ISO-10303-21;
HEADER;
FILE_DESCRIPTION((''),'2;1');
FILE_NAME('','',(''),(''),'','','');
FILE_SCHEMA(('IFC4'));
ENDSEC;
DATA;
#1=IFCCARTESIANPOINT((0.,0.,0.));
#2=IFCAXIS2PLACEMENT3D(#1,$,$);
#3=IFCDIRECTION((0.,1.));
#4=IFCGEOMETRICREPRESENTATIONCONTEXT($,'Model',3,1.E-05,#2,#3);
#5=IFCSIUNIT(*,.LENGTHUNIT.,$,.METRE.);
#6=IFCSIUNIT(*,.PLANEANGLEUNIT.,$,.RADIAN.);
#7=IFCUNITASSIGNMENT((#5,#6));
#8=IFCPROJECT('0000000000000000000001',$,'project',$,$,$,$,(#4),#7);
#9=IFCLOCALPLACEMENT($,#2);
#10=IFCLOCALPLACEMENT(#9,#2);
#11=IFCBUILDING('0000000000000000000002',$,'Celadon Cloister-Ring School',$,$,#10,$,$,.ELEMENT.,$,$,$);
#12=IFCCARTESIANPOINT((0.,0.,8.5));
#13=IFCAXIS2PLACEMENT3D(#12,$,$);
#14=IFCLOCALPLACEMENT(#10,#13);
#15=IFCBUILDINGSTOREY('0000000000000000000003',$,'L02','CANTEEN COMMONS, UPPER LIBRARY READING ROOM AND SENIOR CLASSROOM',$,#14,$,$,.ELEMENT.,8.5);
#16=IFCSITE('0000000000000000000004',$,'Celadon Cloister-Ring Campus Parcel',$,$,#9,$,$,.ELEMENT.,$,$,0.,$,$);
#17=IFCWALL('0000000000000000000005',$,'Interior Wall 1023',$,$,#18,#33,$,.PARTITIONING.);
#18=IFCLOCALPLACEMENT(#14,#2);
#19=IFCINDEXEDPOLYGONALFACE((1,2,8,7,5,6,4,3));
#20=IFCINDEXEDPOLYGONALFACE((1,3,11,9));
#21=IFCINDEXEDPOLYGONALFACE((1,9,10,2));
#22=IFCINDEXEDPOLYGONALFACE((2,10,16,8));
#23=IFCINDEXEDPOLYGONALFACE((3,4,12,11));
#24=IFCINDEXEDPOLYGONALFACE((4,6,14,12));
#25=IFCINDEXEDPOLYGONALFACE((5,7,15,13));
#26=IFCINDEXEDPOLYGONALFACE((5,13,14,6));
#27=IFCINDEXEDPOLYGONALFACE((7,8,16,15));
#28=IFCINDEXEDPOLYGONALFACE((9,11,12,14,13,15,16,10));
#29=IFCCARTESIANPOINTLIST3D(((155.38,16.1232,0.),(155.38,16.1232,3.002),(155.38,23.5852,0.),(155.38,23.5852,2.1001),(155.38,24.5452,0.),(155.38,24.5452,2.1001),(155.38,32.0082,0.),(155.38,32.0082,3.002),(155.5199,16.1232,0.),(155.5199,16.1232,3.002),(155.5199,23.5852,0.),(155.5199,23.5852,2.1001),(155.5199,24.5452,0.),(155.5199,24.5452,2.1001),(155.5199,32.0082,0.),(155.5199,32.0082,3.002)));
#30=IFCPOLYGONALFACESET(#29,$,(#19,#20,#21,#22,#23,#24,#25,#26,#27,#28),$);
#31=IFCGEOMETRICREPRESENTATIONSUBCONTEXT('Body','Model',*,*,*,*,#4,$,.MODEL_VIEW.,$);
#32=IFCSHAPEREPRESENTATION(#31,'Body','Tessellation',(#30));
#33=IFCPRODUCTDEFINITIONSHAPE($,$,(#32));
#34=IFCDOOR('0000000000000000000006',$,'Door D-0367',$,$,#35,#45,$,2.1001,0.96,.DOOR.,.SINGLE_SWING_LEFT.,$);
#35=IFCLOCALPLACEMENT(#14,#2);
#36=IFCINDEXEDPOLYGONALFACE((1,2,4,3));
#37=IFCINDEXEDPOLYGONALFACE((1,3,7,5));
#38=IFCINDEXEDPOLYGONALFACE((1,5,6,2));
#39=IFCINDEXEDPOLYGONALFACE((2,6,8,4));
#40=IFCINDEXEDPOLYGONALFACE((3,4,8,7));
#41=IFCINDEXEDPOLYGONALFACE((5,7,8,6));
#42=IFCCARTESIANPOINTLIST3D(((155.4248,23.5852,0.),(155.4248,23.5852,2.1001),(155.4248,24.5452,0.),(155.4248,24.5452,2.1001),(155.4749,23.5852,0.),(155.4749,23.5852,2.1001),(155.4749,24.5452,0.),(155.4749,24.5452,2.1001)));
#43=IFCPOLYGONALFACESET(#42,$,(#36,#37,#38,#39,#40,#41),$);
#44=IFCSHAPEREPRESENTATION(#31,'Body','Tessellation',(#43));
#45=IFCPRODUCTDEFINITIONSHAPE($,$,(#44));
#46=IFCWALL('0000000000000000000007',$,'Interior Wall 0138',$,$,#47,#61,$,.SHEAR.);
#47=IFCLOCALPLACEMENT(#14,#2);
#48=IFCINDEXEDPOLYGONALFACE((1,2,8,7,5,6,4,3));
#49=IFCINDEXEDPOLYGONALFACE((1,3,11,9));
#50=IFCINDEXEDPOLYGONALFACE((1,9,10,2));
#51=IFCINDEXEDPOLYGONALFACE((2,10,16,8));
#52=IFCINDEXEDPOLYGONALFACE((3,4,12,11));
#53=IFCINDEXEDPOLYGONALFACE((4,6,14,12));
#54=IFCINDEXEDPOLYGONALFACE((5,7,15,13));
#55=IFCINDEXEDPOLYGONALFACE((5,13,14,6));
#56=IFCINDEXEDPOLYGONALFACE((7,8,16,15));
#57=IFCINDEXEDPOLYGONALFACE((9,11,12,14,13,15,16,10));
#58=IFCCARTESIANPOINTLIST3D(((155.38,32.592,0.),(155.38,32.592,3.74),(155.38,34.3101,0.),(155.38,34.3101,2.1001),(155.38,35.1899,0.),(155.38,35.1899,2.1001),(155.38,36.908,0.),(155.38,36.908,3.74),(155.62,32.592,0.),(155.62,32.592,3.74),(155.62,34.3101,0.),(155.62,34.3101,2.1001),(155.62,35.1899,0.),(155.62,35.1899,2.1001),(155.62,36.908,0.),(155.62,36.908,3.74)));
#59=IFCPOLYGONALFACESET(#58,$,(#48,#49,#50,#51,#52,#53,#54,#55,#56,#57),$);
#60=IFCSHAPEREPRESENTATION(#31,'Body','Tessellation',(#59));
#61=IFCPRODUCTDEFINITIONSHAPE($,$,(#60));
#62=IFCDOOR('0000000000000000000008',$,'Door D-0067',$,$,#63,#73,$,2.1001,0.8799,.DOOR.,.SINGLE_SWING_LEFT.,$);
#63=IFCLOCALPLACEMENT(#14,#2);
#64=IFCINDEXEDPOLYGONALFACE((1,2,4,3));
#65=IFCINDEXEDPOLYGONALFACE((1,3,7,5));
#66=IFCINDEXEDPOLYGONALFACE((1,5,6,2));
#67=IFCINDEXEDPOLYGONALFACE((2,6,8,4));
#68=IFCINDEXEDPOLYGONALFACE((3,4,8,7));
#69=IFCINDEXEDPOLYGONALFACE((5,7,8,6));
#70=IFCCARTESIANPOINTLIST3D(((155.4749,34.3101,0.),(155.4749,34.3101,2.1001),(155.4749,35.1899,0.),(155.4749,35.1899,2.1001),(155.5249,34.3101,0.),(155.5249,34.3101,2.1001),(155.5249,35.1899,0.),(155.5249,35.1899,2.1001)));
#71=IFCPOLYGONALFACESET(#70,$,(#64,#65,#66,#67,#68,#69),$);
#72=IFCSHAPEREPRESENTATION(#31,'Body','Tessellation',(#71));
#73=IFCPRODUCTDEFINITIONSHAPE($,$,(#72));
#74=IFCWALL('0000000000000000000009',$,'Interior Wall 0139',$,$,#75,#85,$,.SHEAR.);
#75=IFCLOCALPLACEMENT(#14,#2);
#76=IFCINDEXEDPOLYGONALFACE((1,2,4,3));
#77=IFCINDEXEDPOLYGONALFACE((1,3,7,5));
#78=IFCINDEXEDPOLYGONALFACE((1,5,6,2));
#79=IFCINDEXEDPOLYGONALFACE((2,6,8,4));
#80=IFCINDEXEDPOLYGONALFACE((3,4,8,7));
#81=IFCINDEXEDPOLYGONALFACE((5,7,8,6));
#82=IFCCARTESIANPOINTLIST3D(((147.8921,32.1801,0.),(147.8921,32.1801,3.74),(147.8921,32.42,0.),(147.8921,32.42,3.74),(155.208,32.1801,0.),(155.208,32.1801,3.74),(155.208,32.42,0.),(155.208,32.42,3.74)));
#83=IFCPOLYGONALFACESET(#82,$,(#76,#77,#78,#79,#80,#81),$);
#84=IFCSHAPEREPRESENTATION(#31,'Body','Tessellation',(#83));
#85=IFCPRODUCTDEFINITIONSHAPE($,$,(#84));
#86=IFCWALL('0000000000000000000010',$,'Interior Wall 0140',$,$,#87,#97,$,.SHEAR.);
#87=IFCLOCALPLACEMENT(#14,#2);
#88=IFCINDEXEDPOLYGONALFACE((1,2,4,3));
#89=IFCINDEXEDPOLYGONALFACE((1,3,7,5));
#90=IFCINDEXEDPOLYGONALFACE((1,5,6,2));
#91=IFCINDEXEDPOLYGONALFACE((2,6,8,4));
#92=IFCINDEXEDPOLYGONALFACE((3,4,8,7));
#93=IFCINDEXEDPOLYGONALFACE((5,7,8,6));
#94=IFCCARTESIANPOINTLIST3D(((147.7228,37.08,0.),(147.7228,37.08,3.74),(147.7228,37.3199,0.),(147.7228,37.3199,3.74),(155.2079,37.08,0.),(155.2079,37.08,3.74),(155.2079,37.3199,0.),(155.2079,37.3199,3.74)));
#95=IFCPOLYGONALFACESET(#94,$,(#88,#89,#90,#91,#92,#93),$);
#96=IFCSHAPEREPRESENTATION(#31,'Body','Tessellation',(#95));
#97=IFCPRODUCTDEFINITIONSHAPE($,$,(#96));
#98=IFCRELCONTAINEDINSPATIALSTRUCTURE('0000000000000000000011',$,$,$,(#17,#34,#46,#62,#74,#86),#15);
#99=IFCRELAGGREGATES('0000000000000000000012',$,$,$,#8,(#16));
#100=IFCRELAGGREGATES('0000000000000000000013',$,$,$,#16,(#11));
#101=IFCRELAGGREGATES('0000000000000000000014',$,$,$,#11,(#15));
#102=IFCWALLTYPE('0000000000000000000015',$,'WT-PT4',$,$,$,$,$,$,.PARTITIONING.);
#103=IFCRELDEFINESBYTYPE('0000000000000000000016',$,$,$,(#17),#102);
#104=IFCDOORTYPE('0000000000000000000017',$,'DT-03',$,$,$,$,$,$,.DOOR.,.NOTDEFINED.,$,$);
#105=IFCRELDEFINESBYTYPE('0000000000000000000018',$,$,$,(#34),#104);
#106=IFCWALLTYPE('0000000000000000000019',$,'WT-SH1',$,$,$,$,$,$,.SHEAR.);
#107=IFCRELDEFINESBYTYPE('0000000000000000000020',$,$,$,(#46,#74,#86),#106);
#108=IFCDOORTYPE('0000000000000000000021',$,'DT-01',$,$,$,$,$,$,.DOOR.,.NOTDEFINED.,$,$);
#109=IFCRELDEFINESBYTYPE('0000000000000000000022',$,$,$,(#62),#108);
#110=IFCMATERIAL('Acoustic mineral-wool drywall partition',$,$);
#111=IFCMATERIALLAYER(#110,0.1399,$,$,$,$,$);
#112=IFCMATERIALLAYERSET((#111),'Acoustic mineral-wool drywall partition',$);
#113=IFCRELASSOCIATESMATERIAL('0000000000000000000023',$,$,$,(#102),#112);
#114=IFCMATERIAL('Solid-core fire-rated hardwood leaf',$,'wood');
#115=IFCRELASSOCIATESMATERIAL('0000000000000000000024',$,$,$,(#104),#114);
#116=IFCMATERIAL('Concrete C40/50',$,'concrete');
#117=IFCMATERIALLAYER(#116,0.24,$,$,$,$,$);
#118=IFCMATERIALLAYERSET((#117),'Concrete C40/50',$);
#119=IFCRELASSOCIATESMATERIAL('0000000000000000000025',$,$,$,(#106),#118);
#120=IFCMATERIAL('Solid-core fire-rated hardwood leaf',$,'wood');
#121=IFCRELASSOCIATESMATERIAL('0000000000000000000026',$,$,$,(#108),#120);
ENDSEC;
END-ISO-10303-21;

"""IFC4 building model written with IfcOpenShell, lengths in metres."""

from ifc_helpers import new_model, si_unit, direction, frame, frame_2d, origin, place, context, subcontext, project, spatial, rectangle, extrude, material, layer, layer_set, type_object, element, fill, save


model = new_model("IFC4")

# Units and contexts
model_context = context("Model", 3, precision=1e-05, world=origin(), true_north=direction((0.0, 1.0)))
body_context = subcontext(model_context, "Body", "Model", "MODEL_VIEW")
ifc_project = project(units=[si_unit("LENGTHUNIT", "METRE"), si_unit("PLANEANGLEUNIT", "RADIAN")], contexts=[model_context])

# Site, building, storey
site_placement = place(None, origin())
site = spatial("IfcSite", under=ifc_project, at=site_placement, Name="Celadon Cloister-Ring Campus Parcel", CompositionType="ELEMENT", RefElevation=0.0)
building_placement = place(site_placement, origin())
building = spatial("IfcBuilding", under=site, at=building_placement, Name="Celadon Cloister-Ring School", CompositionType="ELEMENT")
storey_placement = place(building_placement, frame((0.0, 0.0, 8.5)))
storey = spatial("IfcBuildingStorey", under=building, at=storey_placement, Name="L02", Description="CANTEEN COMMONS, UPPER LIBRARY READING ROOM AND SENIOR CLASSROOM", CompositionType="ELEMENT", Elevation=8.5)

# Walls, openings, doors
ifc_material_1 = material(Name="Acoustic mineral-wool drywall partition")
ifc_layer_1 = layer(ifc_material_1, 0.1399)
ifc_layer_set_1 = layer_set([ifc_layer_1], Name="Acoustic mineral-wool drywall partition")
wall_type_1 = type_object("IfcWallType", Name="WT-PT4", PredefinedType="PARTITIONING", material=ifc_layer_set_1)
wall_1_placement = place(storey_placement, frame((155.45, 32.0081, 0.0), z_axis=(0.0, 0.0, 1.0), x_axis=(0.0, -1.0, 0.0)))
wall_1 = element("IfcWall", 1, at=wall_1_placement, inside=storey, type_object=wall_type_1, Name="Interior Wall 1023", PredefinedType="PARTITIONING", context=body_context, shape_type="SweptSolid", body=[
    extrude(rectangle(XDim=15.885, YDim=0.1399, at=frame_2d((7.9424, 0.0))), origin(), (0.0, 0.0, 1.0), 3.002),
])
opening_1_placement = place(wall_1_placement, frame((7.4629, 0.0, 0.0)))
opening_1 = element("IfcOpeningElement", 2, at=opening_1_placement, cuts=wall_1, PredefinedType="OPENING", context=body_context, shape_type="SweptSolid", body=[
    extrude(rectangle(XDim=0.96, YDim=2.1001, at=frame_2d((0.48, 1.05))), frame((0.0, 0.0801, 0.0), z_axis=(0.0, -1.0, 0.0), x_axis=(1.0, 0.0, 0.0)), (0.0, 0.0, 1.0), 0.1599),
])
ifc_material_2 = material(Name="Solid-core fire-rated hardwood leaf", Category="wood")
door_type_1 = type_object("IfcDoorType", Name="DT-03", OperationType="NOTDEFINED", PredefinedType="DOOR", material=ifc_material_2)
door_1_placement = place(opening_1_placement, origin())
door_1 = element("IfcDoor", 3, at=door_1_placement, inside=storey, type_object=door_type_1, Name="Door D-0367", OperationType="SINGLE_SWING_LEFT", OverallHeight=2.1001, OverallWidth=0.96, PredefinedType="DOOR", context=body_context, shape_type="SweptSolid", body=[
    extrude(rectangle(XDim=0.96, YDim=2.1001, at=frame_2d((0.48, 1.05))), frame((0.0, 0.0249, 0.0), z_axis=(0.0, -1.0, 0.0), x_axis=(1.0, 0.0, 0.0)), (0.0, 0.0, 1.0), 0.05),
])
fill(opening_1, door_1)
ifc_material_3 = material(Name="Concrete C40/50", Category="concrete")
ifc_layer_2 = layer(ifc_material_3, 0.24)
ifc_layer_set_2 = layer_set([ifc_layer_2], Name="Concrete C40/50")
wall_type_2 = type_object("IfcWallType", Name="WT-SH1", PredefinedType="SHEAR", material=ifc_layer_set_2)
wall_2_placement = place(storey_placement, frame((155.5, 36.908, 0.0), z_axis=(0.0, 0.0, 1.0), x_axis=(0.0, -1.0, 0.0)))
wall_2 = element("IfcWall", 4, at=wall_2_placement, inside=storey, type_object=wall_type_2, Name="Interior Wall 0138", PredefinedType="SHEAR", context=body_context, shape_type="SweptSolid", body=[
    extrude(rectangle(XDim=4.3159, YDim=0.24, at=frame_2d((2.158, 0.0))), origin(), (0.0, 0.0, 1.0), 3.74),
])
opening_2_placement = place(wall_2_placement, frame((1.718, 0.0, 0.0)))
opening_2 = element("IfcOpeningElement", 5, at=opening_2_placement, cuts=wall_2, PredefinedType="OPENING", context=body_context, shape_type="SweptSolid", body=[
    extrude(rectangle(XDim=0.8799, YDim=2.1001, at=frame_2d((0.4399, 1.05))), frame((0.0, 0.1299, 0.0), z_axis=(0.0, -1.0, 0.0), x_axis=(1.0, 0.0, 0.0)), (0.0, 0.0, 1.0), 0.26),
])
ifc_material_4 = material(Name="Solid-core fire-rated hardwood leaf", Category="wood")
door_type_2 = type_object("IfcDoorType", Name="DT-01", OperationType="NOTDEFINED", PredefinedType="DOOR", material=ifc_material_4)
door_2_placement = place(opening_2_placement, origin())
door_2 = element("IfcDoor", 6, at=door_2_placement, inside=storey, type_object=door_type_2, Name="Door D-0067", OperationType="SINGLE_SWING_LEFT", OverallHeight=2.1001, OverallWidth=0.8799, PredefinedType="DOOR", context=body_context, shape_type="SweptSolid", body=[
    extrude(rectangle(XDim=0.8799, YDim=2.1001, at=frame_2d((0.4399, 1.05))), frame((0.0, 0.0249, 0.0), z_axis=(0.0, -1.0, 0.0), x_axis=(1.0, 0.0, 0.0)), (0.0, 0.0, 1.0), 0.05),
])
fill(opening_2, door_2)

# Walls
wall_3_placement = place(storey_placement, frame((155.208, 32.3, 0.0), z_axis=(0.0, 0.0, 1.0), x_axis=(-1.0, 0.0, 0.0)))
element("IfcWall", 7, at=wall_3_placement, inside=storey, type_object=wall_type_2, Name="Interior Wall 0139", PredefinedType="SHEAR", context=body_context, shape_type="SweptSolid", body=[
    extrude(rectangle(XDim=7.3159, YDim=0.24, at=frame_2d((3.658, 0.0))), origin(), (0.0, 0.0, 1.0), 3.74),
])
wall_4_placement = place(storey_placement, frame((155.208, 37.2, 0.0), z_axis=(0.0, 0.0, 1.0), x_axis=(-1.0, 0.0, 0.0)))
element("IfcWall", 8, at=wall_4_placement, inside=storey, type_object=wall_type_2, Name="Interior Wall 0140", PredefinedType="SHEAR", context=body_context, shape_type="SweptSolid", body=[
    extrude(rectangle(XDim=7.4851, YDim=0.24, at=frame_2d((3.7427, 0.0))), origin(), (0.0, 0.0, 1.0), 3.74),
])

save(model, "model.ifc")
